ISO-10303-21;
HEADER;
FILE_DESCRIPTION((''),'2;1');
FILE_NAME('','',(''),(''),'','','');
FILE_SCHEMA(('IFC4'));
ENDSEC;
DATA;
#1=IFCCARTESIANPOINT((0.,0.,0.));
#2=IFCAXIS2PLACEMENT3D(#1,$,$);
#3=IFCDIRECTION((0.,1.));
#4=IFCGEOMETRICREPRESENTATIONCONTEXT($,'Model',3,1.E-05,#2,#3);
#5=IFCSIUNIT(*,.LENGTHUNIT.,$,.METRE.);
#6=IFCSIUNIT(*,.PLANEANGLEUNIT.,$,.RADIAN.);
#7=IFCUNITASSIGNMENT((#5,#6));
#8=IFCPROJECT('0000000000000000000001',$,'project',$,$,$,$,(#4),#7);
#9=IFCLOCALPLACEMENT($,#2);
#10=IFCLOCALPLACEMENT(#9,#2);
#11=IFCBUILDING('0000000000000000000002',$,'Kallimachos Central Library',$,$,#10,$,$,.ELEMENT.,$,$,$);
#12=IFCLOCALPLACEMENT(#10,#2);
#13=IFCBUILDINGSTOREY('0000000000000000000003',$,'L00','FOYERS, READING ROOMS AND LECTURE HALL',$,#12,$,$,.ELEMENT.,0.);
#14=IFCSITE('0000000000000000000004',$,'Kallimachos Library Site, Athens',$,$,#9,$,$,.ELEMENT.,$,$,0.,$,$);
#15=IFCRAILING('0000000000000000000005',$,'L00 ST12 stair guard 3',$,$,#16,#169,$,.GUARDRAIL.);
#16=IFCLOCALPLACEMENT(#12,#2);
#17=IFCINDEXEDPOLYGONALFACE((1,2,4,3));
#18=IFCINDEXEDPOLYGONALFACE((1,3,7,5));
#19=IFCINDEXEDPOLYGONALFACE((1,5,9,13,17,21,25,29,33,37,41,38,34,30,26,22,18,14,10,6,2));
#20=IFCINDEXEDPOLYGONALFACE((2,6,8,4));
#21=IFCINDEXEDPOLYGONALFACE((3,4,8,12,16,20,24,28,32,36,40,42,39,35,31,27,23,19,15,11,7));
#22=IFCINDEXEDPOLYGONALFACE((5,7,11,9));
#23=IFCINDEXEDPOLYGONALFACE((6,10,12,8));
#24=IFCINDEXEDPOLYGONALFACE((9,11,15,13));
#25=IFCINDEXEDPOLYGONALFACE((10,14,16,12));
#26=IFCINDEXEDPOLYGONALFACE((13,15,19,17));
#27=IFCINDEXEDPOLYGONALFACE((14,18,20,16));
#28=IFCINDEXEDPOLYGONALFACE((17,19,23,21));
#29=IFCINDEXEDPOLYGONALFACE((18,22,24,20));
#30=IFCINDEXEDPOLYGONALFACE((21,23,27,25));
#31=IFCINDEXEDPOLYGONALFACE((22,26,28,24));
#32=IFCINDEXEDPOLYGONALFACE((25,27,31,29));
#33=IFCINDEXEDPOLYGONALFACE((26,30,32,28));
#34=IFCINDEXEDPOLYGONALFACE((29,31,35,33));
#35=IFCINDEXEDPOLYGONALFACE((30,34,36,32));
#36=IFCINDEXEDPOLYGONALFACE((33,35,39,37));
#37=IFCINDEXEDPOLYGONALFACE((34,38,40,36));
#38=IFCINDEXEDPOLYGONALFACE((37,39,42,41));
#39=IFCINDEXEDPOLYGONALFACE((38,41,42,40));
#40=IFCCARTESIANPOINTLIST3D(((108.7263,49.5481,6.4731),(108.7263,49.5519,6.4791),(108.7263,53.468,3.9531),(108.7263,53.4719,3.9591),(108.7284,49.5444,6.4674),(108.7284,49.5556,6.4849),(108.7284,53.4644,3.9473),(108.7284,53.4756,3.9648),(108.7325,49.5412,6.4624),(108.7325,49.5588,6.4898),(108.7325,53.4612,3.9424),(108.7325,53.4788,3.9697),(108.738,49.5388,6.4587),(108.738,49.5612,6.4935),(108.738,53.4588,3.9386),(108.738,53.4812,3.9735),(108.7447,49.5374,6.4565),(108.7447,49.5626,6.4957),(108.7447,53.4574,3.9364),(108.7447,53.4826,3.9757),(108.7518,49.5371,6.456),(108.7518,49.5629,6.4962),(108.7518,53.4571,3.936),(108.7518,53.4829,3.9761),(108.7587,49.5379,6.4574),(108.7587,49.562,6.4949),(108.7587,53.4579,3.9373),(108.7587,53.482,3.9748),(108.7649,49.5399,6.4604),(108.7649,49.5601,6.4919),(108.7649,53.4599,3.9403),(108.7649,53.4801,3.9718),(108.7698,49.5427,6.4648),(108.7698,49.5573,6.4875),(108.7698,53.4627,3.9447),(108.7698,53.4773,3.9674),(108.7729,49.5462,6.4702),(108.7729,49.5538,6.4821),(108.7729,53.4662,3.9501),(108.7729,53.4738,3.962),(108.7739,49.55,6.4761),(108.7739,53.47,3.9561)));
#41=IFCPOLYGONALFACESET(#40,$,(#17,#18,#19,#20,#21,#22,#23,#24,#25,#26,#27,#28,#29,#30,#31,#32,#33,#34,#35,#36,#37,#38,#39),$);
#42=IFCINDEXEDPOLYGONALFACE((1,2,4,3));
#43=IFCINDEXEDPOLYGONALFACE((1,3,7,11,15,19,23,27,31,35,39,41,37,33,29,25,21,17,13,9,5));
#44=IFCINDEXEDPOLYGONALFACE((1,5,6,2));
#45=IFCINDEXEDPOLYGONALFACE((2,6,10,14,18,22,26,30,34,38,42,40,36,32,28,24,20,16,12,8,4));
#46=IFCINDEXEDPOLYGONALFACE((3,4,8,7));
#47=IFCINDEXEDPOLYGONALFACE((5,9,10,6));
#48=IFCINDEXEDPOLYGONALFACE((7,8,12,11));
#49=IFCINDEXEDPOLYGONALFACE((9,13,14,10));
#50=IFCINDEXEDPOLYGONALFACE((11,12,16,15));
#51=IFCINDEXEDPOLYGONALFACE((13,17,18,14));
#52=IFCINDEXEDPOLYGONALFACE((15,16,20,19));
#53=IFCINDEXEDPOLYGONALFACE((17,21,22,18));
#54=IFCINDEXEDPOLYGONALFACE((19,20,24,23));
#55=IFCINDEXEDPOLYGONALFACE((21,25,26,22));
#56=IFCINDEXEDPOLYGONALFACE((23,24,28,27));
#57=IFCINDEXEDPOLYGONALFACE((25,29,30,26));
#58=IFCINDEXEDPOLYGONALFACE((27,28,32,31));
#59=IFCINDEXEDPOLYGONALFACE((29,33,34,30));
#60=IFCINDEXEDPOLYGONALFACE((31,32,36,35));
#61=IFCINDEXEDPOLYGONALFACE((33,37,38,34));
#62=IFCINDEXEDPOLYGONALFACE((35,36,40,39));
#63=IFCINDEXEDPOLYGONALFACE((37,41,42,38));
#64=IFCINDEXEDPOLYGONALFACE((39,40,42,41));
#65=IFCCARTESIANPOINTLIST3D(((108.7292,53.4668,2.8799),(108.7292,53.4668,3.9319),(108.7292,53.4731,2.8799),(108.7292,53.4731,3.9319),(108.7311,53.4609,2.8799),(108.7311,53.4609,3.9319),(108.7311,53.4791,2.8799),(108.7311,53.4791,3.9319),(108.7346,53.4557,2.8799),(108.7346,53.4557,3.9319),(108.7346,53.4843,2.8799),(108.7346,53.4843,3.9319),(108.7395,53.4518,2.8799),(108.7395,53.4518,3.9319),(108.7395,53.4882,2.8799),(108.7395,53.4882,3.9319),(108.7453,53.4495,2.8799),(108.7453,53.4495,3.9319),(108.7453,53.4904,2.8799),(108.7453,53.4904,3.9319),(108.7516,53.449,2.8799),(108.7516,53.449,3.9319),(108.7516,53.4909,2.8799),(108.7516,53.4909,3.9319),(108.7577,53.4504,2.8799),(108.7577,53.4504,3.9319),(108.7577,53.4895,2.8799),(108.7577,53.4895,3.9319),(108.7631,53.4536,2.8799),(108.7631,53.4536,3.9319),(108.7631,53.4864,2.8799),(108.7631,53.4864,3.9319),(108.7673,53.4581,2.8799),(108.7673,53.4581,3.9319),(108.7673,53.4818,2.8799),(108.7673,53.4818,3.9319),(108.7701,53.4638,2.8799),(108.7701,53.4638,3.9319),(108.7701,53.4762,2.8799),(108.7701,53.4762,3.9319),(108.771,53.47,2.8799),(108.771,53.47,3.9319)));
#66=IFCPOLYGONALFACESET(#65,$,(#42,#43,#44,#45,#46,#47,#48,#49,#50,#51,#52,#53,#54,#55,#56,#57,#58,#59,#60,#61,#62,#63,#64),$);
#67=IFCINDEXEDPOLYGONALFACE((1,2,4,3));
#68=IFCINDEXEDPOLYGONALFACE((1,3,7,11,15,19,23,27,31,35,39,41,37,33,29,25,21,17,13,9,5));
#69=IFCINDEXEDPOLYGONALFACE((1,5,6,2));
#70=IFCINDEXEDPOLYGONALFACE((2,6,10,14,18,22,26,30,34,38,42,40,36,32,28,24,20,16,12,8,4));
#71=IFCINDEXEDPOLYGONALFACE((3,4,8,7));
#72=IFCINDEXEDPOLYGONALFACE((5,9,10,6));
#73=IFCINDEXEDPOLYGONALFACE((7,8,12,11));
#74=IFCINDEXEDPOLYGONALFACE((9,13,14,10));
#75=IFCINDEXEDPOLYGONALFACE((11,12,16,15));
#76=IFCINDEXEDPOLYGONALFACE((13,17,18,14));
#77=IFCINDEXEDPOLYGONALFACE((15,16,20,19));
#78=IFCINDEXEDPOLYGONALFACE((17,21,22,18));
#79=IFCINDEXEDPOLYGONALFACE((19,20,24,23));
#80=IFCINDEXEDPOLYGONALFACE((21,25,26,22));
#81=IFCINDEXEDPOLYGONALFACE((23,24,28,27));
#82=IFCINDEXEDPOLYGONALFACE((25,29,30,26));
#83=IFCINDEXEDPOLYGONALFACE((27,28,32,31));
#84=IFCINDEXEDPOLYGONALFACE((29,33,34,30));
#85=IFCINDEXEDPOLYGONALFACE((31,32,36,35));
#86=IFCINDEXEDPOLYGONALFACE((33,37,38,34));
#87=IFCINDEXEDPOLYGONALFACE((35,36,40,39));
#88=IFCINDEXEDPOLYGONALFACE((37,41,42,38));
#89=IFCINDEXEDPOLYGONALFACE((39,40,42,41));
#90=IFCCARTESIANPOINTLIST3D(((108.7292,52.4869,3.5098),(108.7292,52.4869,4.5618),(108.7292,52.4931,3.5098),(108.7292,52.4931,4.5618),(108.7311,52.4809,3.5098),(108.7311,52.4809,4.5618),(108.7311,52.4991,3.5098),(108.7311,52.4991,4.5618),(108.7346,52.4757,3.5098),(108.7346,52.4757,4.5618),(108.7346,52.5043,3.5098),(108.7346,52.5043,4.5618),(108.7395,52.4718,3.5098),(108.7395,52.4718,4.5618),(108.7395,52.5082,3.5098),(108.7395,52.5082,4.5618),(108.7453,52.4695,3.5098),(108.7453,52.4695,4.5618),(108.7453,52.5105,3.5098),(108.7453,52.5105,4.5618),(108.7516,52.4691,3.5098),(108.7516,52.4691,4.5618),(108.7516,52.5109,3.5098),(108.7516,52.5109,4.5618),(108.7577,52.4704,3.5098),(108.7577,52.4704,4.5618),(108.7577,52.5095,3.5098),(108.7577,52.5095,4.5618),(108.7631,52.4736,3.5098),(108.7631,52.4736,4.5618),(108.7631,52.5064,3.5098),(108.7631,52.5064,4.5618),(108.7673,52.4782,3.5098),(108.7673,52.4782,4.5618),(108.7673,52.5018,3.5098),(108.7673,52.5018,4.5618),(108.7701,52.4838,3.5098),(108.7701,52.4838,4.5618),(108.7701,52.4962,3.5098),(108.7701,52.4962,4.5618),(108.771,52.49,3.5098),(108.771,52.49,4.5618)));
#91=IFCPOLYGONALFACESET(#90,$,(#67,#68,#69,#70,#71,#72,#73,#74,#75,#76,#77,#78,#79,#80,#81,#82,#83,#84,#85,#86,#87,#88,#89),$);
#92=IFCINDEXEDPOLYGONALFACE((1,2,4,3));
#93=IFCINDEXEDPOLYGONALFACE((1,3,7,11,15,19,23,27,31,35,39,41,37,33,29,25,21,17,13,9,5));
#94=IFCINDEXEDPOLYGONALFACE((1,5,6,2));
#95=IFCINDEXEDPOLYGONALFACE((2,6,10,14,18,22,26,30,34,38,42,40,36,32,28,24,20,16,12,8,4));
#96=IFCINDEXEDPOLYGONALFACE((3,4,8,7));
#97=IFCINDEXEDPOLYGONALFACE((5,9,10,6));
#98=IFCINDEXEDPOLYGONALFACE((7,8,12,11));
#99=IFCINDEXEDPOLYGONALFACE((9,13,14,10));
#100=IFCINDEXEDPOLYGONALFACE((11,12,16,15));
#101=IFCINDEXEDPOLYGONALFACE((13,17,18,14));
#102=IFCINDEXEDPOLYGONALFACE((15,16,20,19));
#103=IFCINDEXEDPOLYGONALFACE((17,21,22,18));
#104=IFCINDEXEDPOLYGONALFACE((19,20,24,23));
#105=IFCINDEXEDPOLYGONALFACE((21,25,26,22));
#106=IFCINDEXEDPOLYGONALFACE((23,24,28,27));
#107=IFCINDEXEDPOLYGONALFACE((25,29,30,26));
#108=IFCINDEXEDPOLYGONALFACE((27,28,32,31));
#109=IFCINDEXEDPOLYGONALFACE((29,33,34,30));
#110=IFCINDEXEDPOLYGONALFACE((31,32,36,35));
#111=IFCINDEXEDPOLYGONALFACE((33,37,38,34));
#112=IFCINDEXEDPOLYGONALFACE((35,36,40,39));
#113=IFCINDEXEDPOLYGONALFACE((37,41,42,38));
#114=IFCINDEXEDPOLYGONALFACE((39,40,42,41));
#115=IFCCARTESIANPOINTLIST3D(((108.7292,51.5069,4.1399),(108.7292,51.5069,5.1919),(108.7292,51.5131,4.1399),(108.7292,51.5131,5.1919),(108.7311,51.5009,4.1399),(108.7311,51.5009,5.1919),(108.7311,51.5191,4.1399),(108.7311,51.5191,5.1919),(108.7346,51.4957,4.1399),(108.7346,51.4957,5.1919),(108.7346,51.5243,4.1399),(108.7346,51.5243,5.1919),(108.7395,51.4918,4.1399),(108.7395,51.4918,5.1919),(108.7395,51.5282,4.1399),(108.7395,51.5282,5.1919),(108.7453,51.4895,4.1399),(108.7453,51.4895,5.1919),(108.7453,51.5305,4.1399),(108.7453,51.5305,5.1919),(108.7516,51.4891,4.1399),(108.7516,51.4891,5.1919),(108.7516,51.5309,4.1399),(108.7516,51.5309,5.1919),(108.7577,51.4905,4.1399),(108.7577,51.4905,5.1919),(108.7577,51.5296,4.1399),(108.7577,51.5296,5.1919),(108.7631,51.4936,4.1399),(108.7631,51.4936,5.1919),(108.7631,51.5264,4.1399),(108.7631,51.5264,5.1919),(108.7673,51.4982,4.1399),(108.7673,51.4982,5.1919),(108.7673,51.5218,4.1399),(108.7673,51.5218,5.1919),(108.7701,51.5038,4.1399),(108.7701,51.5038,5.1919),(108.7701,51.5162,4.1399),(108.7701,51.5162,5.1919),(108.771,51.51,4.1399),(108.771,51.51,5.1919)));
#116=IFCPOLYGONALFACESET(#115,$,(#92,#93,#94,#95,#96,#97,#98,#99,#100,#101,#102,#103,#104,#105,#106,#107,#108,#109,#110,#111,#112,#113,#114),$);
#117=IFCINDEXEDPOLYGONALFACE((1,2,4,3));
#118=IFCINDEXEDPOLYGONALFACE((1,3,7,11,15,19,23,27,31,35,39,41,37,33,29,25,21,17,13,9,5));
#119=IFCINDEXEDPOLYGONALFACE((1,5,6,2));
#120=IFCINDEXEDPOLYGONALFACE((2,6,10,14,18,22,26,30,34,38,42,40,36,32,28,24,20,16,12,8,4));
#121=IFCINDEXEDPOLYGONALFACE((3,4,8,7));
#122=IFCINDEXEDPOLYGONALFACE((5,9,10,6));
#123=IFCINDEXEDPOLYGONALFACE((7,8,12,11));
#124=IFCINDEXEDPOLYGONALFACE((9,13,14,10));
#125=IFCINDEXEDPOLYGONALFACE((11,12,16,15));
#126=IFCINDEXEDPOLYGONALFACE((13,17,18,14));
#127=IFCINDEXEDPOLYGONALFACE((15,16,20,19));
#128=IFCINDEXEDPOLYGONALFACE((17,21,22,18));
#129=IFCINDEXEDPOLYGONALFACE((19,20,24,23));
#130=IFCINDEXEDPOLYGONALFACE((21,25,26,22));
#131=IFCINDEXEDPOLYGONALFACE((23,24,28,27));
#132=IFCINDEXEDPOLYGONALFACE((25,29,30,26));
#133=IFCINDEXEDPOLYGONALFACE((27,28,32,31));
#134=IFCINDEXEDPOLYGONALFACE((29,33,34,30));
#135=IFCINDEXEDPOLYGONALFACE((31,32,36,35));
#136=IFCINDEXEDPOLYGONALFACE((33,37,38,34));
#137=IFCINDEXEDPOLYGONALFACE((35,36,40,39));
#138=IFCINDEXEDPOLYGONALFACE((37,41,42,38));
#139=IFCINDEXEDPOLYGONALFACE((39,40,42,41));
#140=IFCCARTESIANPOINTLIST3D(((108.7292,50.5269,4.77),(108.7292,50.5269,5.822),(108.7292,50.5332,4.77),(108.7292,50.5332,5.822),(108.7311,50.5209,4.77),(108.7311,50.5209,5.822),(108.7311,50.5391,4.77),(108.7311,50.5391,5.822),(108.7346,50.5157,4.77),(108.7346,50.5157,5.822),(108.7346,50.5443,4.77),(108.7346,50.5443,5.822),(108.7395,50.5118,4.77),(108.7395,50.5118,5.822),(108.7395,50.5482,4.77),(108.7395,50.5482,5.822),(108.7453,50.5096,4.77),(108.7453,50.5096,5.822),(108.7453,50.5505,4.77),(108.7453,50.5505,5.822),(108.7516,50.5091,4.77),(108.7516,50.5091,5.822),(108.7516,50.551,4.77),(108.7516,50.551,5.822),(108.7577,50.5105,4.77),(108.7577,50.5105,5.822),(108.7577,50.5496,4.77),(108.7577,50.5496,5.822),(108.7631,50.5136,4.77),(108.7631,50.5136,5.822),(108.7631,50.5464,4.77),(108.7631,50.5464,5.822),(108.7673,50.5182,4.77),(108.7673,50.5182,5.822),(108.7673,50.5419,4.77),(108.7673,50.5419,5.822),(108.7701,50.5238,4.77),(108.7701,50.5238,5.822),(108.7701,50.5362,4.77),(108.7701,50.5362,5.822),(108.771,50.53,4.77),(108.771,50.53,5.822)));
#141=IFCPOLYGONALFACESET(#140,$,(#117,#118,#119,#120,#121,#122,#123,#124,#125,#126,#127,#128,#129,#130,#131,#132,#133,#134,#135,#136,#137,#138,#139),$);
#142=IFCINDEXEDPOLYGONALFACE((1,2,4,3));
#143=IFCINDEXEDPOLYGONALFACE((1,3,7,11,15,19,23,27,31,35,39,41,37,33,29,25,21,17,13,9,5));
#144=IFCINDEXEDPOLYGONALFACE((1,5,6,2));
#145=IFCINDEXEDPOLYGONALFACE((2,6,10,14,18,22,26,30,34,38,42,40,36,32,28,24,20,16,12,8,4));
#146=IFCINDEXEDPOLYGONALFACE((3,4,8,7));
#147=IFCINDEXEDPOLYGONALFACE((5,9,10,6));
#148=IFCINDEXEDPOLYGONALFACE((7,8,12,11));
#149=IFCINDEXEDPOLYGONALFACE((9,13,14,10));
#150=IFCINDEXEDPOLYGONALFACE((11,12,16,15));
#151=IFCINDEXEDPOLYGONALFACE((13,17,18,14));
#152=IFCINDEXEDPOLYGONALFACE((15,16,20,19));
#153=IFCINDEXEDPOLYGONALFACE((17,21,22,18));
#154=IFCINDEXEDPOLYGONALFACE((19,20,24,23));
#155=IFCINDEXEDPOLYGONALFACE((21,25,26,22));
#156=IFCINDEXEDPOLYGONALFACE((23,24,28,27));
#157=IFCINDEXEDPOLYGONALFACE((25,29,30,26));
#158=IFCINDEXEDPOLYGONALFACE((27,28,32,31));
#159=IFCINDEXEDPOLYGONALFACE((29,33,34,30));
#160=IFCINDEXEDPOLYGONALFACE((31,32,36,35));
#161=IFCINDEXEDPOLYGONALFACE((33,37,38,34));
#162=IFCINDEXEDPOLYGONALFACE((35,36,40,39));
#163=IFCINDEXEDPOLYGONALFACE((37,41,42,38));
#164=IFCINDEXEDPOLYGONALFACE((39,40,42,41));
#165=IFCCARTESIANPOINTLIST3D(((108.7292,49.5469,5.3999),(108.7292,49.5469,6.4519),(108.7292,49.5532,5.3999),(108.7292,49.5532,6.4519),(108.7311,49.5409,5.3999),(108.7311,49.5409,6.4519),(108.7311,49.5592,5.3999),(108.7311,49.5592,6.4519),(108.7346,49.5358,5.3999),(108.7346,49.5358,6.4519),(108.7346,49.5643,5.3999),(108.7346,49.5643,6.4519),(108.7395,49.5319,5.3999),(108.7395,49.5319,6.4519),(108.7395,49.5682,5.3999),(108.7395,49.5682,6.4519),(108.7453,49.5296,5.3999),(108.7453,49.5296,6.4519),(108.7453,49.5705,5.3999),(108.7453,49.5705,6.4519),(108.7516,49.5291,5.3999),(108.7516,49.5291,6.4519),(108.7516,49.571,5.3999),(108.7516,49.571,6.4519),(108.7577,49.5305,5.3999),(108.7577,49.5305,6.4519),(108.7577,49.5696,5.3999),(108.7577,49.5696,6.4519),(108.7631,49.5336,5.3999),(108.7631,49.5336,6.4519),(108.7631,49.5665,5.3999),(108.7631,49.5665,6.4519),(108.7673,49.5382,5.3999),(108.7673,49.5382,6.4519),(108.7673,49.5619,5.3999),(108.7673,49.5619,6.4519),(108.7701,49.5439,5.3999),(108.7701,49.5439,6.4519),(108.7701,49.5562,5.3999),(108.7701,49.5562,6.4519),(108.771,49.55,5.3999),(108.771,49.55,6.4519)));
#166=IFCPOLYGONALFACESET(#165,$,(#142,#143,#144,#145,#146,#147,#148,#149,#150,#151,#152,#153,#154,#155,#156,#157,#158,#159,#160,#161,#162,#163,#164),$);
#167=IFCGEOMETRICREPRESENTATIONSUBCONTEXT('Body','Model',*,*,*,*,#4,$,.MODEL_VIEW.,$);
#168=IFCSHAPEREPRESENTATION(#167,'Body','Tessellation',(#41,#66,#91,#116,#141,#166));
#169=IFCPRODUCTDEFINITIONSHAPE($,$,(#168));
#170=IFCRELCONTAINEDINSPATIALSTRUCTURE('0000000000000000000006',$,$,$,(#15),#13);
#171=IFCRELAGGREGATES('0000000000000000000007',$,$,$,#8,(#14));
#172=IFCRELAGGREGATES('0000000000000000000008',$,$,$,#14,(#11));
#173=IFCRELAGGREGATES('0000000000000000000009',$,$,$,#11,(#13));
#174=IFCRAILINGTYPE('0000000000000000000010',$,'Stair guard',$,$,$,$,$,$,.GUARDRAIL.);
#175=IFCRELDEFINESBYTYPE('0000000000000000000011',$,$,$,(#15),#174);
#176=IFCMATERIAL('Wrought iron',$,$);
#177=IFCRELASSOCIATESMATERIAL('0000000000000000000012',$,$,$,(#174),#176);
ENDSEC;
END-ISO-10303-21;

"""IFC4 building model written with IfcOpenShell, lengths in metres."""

from ifc_helpers import new_model, si_unit, direction, frame, origin, origin_2d, place, context, subcontext, project, spatial, circle, extrude, material, type_object, element, save


model = new_model("IFC4")

# Units and contexts
model_context = context("Model", 3, precision=1e-05, world=origin(), true_north=direction((0.0, 1.0)))
body_context = subcontext(model_context, "Body", "Model", "MODEL_VIEW")
ifc_project = project(units=[si_unit("LENGTHUNIT", "METRE"), si_unit("PLANEANGLEUNIT", "RADIAN")], contexts=[model_context])

# Site, building, storey
site_placement = place(None, origin())
site = spatial("IfcSite", under=ifc_project, at=site_placement, Name="Kallimachos Library Site, Athens", CompositionType="ELEMENT", RefElevation=0.0)
building_placement = place(site_placement, origin())
building = spatial("IfcBuilding", under=site, at=building_placement, Name="Kallimachos Central Library", CompositionType="ELEMENT")
storey_placement = place(building_placement, origin())
storey = spatial("IfcBuildingStorey", under=building, at=storey_placement, Name="L00", Description="FOYERS, READING ROOMS AND LECTURE HALL", CompositionType="ELEMENT", Elevation=0.0)

# Railing
ifc_material_1 = material(Name="Wrought iron")
railing_type_1 = type_object("IfcRailingType", Name="Stair guard", PredefinedType="GUARDRAIL", material=ifc_material_1)
railing_1_placement = place(storey_placement, frame((108.75, 53.47, 2.8799)))
element("IfcRailing", 1, at=railing_1_placement, inside=storey, type_object=railing_type_1, Name="L00 ST12 stair guard 3", PredefinedType="GUARDRAIL", context=body_context, shape_type="SweptSolid", body=[
    extrude(circle(Radius=0.0239, at=origin_2d()), frame((0.0, 0.0, 1.0762), z_axis=(0.0, -0.841172, 0.540768), x_axis=(1.0, 0.0, 0.0)), (0.0, 0.0, 1.0), 4.6602),
    extrude(circle(Radius=0.021, at=origin_2d()), origin(), (0.0, 0.0, 1.0), 1.052),
    extrude(circle(Radius=0.021, at=origin_2d()), frame((0.0, -0.98, 0.6299)), (0.0, 0.0, 1.0), 1.052),
    extrude(circle(Radius=0.021, at=origin_2d()), frame((0.0, -1.96, 1.26)), (0.0, 0.0, 1.0), 1.052),
    extrude(circle(Radius=0.021, at=origin_2d()), frame((0.0, -2.9399, 1.8901)), (0.0, 0.0, 1.0), 1.052),
    extrude(circle(Radius=0.021, at=origin_2d()), frame((0.0, -3.9199, 2.52)), (0.0, 0.0, 1.0), 1.052),
])

save(model, "model.ifc")
